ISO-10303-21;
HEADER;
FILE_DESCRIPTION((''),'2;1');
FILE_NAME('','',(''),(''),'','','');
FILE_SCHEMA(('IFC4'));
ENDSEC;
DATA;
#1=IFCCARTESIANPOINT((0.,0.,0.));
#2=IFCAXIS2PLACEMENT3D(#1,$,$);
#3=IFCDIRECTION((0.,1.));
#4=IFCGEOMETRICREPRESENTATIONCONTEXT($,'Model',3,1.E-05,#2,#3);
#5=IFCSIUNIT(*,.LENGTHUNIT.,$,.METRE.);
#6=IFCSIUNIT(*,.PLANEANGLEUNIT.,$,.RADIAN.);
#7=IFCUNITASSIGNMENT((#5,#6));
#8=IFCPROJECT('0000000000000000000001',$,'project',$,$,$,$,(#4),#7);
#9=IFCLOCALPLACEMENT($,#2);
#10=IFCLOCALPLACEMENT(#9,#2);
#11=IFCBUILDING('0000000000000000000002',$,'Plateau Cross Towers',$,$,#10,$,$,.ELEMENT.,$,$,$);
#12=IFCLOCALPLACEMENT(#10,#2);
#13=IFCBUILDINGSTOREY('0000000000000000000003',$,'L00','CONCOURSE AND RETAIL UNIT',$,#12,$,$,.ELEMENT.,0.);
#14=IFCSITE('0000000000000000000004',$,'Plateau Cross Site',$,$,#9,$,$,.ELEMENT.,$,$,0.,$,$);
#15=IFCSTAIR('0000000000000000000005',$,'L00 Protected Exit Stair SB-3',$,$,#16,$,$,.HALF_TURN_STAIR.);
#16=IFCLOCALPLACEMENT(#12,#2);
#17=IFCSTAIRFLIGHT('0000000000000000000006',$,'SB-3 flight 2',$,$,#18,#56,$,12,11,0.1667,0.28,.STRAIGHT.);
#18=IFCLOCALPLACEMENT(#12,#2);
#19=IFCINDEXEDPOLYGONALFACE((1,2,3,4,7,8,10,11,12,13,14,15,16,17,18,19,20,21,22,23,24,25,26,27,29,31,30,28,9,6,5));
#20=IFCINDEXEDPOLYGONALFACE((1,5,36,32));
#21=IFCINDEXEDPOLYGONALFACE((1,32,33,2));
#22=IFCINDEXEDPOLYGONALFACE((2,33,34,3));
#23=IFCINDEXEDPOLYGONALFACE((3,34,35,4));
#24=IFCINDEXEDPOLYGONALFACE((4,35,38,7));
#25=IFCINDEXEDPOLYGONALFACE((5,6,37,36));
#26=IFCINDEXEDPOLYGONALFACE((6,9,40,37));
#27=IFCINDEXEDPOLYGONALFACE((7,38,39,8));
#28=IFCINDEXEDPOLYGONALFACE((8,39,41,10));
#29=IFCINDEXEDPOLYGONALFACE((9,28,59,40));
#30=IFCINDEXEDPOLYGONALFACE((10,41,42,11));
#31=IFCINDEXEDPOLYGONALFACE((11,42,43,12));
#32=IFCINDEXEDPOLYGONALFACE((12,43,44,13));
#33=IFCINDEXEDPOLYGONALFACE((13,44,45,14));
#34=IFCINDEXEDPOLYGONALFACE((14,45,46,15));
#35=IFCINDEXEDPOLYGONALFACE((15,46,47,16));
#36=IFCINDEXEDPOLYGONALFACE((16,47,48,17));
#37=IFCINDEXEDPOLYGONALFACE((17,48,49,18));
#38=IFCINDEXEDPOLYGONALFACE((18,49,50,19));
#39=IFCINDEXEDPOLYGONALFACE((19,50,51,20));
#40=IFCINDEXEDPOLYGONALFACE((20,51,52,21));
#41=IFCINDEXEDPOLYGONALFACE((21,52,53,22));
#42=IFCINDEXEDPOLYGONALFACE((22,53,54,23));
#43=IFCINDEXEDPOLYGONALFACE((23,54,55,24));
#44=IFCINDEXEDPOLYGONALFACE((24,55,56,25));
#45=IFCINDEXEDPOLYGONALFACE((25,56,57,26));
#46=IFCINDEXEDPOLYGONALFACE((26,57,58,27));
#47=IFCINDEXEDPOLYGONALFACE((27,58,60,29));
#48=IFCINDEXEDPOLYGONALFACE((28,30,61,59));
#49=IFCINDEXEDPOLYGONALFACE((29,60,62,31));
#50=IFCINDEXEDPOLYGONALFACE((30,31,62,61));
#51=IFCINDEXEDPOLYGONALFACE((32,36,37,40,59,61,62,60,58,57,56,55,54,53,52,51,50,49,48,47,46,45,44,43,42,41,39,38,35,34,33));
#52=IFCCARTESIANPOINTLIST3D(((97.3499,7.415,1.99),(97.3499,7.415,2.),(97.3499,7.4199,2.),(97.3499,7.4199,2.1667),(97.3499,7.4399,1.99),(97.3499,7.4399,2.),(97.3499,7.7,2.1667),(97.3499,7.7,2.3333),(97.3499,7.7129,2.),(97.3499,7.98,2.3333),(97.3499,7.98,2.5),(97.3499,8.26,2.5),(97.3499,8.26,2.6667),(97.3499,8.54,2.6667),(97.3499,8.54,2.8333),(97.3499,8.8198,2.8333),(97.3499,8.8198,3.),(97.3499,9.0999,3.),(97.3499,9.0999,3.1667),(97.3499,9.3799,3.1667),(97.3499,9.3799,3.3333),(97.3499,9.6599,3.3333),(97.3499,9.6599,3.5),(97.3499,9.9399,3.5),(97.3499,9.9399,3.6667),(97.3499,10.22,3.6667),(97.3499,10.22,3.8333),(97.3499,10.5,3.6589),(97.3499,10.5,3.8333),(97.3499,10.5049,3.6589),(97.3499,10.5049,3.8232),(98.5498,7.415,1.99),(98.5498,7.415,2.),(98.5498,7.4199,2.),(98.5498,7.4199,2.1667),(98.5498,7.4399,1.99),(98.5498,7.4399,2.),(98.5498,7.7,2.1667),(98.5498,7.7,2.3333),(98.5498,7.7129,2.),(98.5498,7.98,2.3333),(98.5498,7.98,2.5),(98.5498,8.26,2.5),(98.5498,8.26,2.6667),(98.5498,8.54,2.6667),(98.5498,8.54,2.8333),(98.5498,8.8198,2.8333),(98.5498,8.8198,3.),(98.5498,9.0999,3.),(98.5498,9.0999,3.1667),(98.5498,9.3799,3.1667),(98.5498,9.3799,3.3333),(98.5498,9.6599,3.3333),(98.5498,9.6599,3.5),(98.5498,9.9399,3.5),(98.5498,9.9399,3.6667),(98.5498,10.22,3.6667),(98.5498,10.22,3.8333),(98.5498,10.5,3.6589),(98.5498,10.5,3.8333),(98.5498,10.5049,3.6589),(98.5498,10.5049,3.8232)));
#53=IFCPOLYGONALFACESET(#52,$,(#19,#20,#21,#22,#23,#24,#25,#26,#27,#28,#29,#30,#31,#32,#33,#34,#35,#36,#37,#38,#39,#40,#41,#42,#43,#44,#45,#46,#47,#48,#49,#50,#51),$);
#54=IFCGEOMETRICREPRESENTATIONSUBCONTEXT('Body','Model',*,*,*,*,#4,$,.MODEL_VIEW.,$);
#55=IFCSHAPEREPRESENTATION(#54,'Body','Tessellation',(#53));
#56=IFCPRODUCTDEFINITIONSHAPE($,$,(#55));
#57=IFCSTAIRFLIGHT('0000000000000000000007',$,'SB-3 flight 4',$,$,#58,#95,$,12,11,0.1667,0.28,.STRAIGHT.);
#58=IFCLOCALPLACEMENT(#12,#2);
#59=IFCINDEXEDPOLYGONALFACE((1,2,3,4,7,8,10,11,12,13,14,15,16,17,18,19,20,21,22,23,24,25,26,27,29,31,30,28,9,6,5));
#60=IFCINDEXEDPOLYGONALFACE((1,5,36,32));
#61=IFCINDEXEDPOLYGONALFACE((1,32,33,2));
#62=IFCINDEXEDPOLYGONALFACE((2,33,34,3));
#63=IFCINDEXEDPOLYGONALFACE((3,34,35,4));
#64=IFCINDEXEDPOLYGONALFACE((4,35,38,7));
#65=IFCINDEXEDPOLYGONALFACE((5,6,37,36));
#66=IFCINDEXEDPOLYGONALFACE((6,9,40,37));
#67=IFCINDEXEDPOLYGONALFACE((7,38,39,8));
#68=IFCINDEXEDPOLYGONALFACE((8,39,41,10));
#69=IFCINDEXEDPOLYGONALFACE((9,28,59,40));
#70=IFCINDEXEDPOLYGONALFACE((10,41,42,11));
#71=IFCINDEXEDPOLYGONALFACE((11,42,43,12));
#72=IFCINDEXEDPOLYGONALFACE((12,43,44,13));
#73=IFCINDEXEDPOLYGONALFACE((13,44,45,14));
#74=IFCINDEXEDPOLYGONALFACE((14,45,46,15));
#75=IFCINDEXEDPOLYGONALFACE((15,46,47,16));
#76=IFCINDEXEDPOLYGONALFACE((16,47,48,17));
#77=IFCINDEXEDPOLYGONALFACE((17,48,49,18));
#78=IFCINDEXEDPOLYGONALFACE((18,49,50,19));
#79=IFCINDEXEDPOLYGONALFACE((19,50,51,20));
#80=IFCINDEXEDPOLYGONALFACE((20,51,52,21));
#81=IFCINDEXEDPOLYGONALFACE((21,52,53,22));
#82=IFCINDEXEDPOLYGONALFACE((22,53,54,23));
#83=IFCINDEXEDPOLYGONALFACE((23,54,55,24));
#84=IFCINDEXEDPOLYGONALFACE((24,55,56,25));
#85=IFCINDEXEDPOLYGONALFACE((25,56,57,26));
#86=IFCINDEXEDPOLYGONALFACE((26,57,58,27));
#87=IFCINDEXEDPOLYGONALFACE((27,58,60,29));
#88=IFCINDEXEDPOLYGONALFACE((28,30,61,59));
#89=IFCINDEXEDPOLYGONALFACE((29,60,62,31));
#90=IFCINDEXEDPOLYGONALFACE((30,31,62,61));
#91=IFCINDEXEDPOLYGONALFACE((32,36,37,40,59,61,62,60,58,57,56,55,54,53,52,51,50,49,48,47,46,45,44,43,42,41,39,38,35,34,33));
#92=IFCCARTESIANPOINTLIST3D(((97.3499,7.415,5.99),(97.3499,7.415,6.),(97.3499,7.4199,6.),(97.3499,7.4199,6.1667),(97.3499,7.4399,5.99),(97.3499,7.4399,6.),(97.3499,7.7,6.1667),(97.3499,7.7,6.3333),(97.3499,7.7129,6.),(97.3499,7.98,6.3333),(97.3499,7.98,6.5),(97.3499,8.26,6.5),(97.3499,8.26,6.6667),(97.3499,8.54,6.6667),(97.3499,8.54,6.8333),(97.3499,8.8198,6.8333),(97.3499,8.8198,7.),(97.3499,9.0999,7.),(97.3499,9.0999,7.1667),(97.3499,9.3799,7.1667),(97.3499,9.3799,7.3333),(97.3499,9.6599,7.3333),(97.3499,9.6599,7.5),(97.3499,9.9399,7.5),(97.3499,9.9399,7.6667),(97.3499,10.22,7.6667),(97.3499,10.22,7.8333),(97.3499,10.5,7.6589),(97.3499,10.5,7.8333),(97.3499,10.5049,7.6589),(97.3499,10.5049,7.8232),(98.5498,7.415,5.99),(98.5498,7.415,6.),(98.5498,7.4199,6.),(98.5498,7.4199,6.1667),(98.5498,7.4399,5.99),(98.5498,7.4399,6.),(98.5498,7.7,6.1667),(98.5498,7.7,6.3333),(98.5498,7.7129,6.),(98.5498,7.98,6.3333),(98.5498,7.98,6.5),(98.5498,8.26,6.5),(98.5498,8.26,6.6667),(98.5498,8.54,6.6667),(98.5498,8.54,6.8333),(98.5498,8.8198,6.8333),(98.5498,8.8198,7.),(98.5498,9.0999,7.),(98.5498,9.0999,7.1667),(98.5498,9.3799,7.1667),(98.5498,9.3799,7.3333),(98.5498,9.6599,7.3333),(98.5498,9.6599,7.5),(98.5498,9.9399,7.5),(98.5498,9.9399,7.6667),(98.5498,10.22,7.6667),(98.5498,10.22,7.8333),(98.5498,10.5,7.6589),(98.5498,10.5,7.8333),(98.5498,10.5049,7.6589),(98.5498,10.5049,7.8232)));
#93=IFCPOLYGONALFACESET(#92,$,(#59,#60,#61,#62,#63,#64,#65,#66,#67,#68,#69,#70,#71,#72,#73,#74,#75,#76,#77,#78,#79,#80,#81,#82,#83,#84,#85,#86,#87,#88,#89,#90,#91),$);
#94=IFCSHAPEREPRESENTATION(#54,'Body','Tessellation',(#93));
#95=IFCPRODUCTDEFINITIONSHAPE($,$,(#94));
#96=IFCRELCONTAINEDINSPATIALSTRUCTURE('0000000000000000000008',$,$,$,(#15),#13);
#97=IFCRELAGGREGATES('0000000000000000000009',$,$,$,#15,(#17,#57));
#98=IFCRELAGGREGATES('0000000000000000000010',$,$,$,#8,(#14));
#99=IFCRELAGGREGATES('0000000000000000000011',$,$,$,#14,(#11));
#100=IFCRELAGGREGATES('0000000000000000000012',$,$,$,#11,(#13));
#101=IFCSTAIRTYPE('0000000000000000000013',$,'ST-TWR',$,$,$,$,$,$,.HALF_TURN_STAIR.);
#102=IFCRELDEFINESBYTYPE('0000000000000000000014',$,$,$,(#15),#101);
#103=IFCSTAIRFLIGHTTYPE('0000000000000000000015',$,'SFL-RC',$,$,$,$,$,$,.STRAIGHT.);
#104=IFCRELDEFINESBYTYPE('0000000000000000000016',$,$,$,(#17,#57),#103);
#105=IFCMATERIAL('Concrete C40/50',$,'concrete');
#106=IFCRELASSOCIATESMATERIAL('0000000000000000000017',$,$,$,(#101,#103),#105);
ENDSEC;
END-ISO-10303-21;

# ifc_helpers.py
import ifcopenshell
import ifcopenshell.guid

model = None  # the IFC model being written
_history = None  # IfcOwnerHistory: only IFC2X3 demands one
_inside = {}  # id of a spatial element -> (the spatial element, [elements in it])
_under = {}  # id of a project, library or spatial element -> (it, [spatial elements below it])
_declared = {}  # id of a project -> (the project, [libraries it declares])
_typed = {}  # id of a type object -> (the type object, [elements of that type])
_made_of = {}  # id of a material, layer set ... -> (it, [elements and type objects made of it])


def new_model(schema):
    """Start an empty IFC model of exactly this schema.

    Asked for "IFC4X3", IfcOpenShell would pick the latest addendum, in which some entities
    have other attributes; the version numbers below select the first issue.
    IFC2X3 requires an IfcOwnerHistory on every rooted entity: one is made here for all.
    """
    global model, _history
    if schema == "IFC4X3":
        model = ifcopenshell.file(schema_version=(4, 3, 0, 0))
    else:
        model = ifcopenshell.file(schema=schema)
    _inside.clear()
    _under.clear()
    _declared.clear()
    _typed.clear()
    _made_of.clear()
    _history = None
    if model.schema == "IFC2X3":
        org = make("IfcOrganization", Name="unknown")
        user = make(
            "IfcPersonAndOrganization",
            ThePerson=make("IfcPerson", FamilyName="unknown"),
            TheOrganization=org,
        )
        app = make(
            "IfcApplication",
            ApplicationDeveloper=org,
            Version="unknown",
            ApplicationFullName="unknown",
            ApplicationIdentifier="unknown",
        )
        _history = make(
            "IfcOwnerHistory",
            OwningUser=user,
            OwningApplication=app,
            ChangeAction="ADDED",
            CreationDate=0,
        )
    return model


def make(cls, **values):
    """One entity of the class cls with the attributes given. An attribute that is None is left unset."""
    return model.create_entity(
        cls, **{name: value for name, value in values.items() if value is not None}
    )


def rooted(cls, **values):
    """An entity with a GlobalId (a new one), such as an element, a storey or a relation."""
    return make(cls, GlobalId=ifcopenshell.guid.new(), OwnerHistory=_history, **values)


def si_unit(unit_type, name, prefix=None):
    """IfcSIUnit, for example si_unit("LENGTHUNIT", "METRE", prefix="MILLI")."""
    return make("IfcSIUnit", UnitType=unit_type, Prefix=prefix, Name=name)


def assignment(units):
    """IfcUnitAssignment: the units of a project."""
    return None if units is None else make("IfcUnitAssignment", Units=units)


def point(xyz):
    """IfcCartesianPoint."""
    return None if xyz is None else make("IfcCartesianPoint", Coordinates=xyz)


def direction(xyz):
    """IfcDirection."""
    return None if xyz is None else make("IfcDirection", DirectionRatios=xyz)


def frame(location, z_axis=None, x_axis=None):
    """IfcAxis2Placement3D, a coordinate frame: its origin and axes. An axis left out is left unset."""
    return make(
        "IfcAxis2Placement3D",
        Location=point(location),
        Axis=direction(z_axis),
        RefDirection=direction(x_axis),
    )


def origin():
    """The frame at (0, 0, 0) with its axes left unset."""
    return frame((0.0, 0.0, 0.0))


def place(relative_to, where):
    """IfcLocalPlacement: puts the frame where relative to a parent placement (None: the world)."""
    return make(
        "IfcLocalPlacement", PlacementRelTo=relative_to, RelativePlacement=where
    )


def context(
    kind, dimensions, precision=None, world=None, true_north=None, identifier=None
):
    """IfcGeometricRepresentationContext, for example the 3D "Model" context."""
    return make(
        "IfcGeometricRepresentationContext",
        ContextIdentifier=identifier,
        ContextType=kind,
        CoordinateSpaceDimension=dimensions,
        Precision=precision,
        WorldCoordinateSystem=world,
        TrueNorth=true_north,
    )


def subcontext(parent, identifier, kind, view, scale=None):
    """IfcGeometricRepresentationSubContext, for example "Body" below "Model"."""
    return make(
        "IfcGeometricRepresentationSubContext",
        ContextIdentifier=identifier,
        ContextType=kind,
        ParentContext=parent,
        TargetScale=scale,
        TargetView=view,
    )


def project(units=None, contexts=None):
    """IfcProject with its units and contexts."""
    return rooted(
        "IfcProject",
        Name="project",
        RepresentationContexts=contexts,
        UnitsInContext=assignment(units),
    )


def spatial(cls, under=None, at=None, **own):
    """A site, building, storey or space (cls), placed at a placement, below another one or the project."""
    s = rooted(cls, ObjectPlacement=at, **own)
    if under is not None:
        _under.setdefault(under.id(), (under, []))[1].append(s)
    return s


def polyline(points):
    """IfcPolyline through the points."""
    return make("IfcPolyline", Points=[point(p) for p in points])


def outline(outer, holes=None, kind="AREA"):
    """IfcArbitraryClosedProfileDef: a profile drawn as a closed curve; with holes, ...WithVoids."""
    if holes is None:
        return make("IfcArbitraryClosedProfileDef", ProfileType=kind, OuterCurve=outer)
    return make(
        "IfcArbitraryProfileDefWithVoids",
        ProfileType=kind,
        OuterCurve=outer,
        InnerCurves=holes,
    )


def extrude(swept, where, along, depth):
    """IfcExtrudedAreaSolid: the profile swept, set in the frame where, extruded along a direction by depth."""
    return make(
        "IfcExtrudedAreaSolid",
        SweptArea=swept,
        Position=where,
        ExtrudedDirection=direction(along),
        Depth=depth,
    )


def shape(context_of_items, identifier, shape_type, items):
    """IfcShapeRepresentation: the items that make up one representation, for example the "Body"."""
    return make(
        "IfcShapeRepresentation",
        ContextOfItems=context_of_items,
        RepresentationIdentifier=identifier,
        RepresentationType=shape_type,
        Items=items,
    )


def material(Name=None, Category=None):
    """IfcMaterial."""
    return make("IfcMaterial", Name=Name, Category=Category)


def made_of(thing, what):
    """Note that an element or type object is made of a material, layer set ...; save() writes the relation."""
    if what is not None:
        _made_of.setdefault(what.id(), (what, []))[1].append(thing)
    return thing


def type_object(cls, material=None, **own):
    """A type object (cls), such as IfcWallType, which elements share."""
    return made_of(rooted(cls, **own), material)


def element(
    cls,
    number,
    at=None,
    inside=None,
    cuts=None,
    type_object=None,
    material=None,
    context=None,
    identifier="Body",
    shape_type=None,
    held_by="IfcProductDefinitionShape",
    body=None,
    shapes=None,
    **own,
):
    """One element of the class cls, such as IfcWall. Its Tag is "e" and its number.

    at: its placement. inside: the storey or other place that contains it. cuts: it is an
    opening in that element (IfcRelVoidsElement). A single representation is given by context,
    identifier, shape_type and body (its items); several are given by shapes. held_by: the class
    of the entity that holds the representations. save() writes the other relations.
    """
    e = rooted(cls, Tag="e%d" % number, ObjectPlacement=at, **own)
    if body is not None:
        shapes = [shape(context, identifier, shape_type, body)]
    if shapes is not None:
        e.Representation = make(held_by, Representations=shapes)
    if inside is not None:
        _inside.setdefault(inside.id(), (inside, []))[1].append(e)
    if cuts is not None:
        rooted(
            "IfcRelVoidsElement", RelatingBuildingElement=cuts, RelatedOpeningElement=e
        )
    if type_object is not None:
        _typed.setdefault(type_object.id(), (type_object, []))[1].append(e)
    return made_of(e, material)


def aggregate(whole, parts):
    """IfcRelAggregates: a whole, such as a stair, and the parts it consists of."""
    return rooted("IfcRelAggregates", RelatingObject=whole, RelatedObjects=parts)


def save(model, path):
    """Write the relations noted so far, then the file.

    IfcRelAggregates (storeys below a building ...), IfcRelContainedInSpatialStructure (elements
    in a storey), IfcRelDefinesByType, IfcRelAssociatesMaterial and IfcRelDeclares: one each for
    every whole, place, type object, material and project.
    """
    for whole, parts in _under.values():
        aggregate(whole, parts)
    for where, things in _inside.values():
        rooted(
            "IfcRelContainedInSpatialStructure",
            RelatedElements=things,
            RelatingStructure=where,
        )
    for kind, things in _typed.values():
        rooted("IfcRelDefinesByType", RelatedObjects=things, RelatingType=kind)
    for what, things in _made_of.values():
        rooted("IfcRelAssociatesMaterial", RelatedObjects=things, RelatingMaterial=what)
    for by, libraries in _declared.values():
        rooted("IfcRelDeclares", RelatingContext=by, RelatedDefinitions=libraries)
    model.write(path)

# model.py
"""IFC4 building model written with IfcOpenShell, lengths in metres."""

from ifc_helpers import new_model, si_unit, direction, frame, origin, place, context, subcontext, project, spatial, polyline, outline, extrude, material, type_object, element, aggregate, save


model = new_model("IFC4")

# Units and contexts
model_context = context("Model", 3, precision=1e-05, world=origin(), true_north=direction((0.0, 1.0)))
body_context = subcontext(model_context, "Body", "Model", "MODEL_VIEW")
ifc_project = project(units=[si_unit("LENGTHUNIT", "METRE"), si_unit("PLANEANGLEUNIT", "RADIAN")], contexts=[model_context])

# Site, building, storey
site_placement = place(None, origin())
site = spatial("IfcSite", under=ifc_project, at=site_placement, Name="Plateau Cross Site", CompositionType="ELEMENT", RefElevation=0.0)
building_placement = place(site_placement, origin())
building = spatial("IfcBuilding", under=site, at=building_placement, Name="Plateau Cross Towers", CompositionType="ELEMENT")
storey_placement = place(building_placement, origin())
storey = spatial("IfcBuildingStorey", under=building, at=storey_placement, Name="L00", Description="CONCOURSE AND RETAIL UNIT", CompositionType="ELEMENT", Elevation=0.0)

# Stair, stair flights
ifc_material_1 = material(Name="Concrete C40/50", Category="concrete")
stair_type = type_object("IfcStairType", Name="ST-TWR", PredefinedType="HALF_TURN_STAIR", material=ifc_material_1)
stair_placement = place(storey_placement, origin())
stair = element("IfcStair", 1, at=stair_placement, inside=storey, type_object=stair_type, Name="L00 Protected Exit Stair SB-3", PredefinedType="HALF_TURN_STAIR")
stair_flight_type = type_object("IfcStairFlightType", Name="SFL-RC", PredefinedType="STRAIGHT", material=ifc_material_1)
stair_flight_1_placement = place(storey_placement, frame((97.95, 7.4199, 2.0), z_axis=(0.0, 0.0, 1.0), x_axis=(0.0, 1.0, 0.0)))
stair_flight_1 = element("IfcStairFlight", 2, at=stair_flight_1_placement, type_object=stair_flight_type, Name="SB-3 flight 2", NumberOfRisers=12, NumberOfTreads=11, PredefinedType="STRAIGHT", RiserHeight=0.1667, TreadLength=0.28, context=body_context, shape_type="SweptSolid", body=[
    extrude(outline(polyline([(-0.0049, -0.01), (-0.0049, 0.0), (0.0, 0.0), (0.0, 0.1667), (0.28, 0.1667), (0.28, 0.3333), (0.5601, 0.3333), (0.5601, 0.5), (0.8401, 0.5), (0.8401, 0.6667), (1.1201, 0.6667), (1.1201, 0.8333), (1.3999, 0.8333), (1.3999, 1.0), (1.6799, 1.0), (1.6799, 1.1667), (1.96, 1.1667), (1.96, 1.3333), (2.24, 1.3333), (2.24, 1.5), (2.52, 1.5), (2.52, 1.6667), (2.8, 1.6667), (2.8, 1.8333), (3.0801, 1.8333), (3.085, 1.8232), (3.085, 1.6589), (3.0801, 1.6589), (0.293, 0.0), (0.02, 0.0), (0.02, -0.01), (-0.0049, -0.01)])), frame((0.0, 0.6001, 0.0), z_axis=(0.0, -1.0, 0.0), x_axis=(1.0, 0.0, 0.0)), (0.0, 0.0, 1.0), 1.2),
])
stair_flight_2_placement = place(storey_placement, frame((97.95, 7.4199, 6.0), z_axis=(0.0, 0.0, 1.0), x_axis=(0.0, 1.0, 0.0)))
stair_flight_2 = element("IfcStairFlight", 3, at=stair_flight_2_placement, type_object=stair_flight_type, Name="SB-3 flight 4", NumberOfRisers=12, NumberOfTreads=11, PredefinedType="STRAIGHT", RiserHeight=0.1667, TreadLength=0.28, context=body_context, shape_type="SweptSolid", body=[
    extrude(outline(polyline([(-0.0049, -0.01), (-0.0049, 0.0), (0.0, 0.0), (0.0, 0.1667), (0.28, 0.1667), (0.28, 0.3333), (0.5601, 0.3333), (0.5601, 0.5), (0.8401, 0.5), (0.8401, 0.6667), (1.1201, 0.6667), (1.1201, 0.8333), (1.3999, 0.8333), (1.3999, 1.0), (1.6799, 1.0), (1.6799, 1.1667), (1.96, 1.1667), (1.96, 1.3333), (2.24, 1.3333), (2.24, 1.5), (2.52, 1.5), (2.52, 1.6667), (2.8, 1.6667), (2.8, 1.8333), (3.0801, 1.8333), (3.085, 1.8232), (3.085, 1.6589), (3.0801, 1.6589), (0.293, 0.0), (0.02, 0.0), (0.02, -0.01), (-0.0049, -0.01)])), frame((0.0, 0.6001, 0.0), z_axis=(0.0, -1.0, 0.0), x_axis=(1.0, 0.0, 0.0)), (0.0, 0.0, 1.0), 1.2),
])
aggregate(stair, [stair_flight_1, stair_flight_2])

save(model, "model.ifc")
